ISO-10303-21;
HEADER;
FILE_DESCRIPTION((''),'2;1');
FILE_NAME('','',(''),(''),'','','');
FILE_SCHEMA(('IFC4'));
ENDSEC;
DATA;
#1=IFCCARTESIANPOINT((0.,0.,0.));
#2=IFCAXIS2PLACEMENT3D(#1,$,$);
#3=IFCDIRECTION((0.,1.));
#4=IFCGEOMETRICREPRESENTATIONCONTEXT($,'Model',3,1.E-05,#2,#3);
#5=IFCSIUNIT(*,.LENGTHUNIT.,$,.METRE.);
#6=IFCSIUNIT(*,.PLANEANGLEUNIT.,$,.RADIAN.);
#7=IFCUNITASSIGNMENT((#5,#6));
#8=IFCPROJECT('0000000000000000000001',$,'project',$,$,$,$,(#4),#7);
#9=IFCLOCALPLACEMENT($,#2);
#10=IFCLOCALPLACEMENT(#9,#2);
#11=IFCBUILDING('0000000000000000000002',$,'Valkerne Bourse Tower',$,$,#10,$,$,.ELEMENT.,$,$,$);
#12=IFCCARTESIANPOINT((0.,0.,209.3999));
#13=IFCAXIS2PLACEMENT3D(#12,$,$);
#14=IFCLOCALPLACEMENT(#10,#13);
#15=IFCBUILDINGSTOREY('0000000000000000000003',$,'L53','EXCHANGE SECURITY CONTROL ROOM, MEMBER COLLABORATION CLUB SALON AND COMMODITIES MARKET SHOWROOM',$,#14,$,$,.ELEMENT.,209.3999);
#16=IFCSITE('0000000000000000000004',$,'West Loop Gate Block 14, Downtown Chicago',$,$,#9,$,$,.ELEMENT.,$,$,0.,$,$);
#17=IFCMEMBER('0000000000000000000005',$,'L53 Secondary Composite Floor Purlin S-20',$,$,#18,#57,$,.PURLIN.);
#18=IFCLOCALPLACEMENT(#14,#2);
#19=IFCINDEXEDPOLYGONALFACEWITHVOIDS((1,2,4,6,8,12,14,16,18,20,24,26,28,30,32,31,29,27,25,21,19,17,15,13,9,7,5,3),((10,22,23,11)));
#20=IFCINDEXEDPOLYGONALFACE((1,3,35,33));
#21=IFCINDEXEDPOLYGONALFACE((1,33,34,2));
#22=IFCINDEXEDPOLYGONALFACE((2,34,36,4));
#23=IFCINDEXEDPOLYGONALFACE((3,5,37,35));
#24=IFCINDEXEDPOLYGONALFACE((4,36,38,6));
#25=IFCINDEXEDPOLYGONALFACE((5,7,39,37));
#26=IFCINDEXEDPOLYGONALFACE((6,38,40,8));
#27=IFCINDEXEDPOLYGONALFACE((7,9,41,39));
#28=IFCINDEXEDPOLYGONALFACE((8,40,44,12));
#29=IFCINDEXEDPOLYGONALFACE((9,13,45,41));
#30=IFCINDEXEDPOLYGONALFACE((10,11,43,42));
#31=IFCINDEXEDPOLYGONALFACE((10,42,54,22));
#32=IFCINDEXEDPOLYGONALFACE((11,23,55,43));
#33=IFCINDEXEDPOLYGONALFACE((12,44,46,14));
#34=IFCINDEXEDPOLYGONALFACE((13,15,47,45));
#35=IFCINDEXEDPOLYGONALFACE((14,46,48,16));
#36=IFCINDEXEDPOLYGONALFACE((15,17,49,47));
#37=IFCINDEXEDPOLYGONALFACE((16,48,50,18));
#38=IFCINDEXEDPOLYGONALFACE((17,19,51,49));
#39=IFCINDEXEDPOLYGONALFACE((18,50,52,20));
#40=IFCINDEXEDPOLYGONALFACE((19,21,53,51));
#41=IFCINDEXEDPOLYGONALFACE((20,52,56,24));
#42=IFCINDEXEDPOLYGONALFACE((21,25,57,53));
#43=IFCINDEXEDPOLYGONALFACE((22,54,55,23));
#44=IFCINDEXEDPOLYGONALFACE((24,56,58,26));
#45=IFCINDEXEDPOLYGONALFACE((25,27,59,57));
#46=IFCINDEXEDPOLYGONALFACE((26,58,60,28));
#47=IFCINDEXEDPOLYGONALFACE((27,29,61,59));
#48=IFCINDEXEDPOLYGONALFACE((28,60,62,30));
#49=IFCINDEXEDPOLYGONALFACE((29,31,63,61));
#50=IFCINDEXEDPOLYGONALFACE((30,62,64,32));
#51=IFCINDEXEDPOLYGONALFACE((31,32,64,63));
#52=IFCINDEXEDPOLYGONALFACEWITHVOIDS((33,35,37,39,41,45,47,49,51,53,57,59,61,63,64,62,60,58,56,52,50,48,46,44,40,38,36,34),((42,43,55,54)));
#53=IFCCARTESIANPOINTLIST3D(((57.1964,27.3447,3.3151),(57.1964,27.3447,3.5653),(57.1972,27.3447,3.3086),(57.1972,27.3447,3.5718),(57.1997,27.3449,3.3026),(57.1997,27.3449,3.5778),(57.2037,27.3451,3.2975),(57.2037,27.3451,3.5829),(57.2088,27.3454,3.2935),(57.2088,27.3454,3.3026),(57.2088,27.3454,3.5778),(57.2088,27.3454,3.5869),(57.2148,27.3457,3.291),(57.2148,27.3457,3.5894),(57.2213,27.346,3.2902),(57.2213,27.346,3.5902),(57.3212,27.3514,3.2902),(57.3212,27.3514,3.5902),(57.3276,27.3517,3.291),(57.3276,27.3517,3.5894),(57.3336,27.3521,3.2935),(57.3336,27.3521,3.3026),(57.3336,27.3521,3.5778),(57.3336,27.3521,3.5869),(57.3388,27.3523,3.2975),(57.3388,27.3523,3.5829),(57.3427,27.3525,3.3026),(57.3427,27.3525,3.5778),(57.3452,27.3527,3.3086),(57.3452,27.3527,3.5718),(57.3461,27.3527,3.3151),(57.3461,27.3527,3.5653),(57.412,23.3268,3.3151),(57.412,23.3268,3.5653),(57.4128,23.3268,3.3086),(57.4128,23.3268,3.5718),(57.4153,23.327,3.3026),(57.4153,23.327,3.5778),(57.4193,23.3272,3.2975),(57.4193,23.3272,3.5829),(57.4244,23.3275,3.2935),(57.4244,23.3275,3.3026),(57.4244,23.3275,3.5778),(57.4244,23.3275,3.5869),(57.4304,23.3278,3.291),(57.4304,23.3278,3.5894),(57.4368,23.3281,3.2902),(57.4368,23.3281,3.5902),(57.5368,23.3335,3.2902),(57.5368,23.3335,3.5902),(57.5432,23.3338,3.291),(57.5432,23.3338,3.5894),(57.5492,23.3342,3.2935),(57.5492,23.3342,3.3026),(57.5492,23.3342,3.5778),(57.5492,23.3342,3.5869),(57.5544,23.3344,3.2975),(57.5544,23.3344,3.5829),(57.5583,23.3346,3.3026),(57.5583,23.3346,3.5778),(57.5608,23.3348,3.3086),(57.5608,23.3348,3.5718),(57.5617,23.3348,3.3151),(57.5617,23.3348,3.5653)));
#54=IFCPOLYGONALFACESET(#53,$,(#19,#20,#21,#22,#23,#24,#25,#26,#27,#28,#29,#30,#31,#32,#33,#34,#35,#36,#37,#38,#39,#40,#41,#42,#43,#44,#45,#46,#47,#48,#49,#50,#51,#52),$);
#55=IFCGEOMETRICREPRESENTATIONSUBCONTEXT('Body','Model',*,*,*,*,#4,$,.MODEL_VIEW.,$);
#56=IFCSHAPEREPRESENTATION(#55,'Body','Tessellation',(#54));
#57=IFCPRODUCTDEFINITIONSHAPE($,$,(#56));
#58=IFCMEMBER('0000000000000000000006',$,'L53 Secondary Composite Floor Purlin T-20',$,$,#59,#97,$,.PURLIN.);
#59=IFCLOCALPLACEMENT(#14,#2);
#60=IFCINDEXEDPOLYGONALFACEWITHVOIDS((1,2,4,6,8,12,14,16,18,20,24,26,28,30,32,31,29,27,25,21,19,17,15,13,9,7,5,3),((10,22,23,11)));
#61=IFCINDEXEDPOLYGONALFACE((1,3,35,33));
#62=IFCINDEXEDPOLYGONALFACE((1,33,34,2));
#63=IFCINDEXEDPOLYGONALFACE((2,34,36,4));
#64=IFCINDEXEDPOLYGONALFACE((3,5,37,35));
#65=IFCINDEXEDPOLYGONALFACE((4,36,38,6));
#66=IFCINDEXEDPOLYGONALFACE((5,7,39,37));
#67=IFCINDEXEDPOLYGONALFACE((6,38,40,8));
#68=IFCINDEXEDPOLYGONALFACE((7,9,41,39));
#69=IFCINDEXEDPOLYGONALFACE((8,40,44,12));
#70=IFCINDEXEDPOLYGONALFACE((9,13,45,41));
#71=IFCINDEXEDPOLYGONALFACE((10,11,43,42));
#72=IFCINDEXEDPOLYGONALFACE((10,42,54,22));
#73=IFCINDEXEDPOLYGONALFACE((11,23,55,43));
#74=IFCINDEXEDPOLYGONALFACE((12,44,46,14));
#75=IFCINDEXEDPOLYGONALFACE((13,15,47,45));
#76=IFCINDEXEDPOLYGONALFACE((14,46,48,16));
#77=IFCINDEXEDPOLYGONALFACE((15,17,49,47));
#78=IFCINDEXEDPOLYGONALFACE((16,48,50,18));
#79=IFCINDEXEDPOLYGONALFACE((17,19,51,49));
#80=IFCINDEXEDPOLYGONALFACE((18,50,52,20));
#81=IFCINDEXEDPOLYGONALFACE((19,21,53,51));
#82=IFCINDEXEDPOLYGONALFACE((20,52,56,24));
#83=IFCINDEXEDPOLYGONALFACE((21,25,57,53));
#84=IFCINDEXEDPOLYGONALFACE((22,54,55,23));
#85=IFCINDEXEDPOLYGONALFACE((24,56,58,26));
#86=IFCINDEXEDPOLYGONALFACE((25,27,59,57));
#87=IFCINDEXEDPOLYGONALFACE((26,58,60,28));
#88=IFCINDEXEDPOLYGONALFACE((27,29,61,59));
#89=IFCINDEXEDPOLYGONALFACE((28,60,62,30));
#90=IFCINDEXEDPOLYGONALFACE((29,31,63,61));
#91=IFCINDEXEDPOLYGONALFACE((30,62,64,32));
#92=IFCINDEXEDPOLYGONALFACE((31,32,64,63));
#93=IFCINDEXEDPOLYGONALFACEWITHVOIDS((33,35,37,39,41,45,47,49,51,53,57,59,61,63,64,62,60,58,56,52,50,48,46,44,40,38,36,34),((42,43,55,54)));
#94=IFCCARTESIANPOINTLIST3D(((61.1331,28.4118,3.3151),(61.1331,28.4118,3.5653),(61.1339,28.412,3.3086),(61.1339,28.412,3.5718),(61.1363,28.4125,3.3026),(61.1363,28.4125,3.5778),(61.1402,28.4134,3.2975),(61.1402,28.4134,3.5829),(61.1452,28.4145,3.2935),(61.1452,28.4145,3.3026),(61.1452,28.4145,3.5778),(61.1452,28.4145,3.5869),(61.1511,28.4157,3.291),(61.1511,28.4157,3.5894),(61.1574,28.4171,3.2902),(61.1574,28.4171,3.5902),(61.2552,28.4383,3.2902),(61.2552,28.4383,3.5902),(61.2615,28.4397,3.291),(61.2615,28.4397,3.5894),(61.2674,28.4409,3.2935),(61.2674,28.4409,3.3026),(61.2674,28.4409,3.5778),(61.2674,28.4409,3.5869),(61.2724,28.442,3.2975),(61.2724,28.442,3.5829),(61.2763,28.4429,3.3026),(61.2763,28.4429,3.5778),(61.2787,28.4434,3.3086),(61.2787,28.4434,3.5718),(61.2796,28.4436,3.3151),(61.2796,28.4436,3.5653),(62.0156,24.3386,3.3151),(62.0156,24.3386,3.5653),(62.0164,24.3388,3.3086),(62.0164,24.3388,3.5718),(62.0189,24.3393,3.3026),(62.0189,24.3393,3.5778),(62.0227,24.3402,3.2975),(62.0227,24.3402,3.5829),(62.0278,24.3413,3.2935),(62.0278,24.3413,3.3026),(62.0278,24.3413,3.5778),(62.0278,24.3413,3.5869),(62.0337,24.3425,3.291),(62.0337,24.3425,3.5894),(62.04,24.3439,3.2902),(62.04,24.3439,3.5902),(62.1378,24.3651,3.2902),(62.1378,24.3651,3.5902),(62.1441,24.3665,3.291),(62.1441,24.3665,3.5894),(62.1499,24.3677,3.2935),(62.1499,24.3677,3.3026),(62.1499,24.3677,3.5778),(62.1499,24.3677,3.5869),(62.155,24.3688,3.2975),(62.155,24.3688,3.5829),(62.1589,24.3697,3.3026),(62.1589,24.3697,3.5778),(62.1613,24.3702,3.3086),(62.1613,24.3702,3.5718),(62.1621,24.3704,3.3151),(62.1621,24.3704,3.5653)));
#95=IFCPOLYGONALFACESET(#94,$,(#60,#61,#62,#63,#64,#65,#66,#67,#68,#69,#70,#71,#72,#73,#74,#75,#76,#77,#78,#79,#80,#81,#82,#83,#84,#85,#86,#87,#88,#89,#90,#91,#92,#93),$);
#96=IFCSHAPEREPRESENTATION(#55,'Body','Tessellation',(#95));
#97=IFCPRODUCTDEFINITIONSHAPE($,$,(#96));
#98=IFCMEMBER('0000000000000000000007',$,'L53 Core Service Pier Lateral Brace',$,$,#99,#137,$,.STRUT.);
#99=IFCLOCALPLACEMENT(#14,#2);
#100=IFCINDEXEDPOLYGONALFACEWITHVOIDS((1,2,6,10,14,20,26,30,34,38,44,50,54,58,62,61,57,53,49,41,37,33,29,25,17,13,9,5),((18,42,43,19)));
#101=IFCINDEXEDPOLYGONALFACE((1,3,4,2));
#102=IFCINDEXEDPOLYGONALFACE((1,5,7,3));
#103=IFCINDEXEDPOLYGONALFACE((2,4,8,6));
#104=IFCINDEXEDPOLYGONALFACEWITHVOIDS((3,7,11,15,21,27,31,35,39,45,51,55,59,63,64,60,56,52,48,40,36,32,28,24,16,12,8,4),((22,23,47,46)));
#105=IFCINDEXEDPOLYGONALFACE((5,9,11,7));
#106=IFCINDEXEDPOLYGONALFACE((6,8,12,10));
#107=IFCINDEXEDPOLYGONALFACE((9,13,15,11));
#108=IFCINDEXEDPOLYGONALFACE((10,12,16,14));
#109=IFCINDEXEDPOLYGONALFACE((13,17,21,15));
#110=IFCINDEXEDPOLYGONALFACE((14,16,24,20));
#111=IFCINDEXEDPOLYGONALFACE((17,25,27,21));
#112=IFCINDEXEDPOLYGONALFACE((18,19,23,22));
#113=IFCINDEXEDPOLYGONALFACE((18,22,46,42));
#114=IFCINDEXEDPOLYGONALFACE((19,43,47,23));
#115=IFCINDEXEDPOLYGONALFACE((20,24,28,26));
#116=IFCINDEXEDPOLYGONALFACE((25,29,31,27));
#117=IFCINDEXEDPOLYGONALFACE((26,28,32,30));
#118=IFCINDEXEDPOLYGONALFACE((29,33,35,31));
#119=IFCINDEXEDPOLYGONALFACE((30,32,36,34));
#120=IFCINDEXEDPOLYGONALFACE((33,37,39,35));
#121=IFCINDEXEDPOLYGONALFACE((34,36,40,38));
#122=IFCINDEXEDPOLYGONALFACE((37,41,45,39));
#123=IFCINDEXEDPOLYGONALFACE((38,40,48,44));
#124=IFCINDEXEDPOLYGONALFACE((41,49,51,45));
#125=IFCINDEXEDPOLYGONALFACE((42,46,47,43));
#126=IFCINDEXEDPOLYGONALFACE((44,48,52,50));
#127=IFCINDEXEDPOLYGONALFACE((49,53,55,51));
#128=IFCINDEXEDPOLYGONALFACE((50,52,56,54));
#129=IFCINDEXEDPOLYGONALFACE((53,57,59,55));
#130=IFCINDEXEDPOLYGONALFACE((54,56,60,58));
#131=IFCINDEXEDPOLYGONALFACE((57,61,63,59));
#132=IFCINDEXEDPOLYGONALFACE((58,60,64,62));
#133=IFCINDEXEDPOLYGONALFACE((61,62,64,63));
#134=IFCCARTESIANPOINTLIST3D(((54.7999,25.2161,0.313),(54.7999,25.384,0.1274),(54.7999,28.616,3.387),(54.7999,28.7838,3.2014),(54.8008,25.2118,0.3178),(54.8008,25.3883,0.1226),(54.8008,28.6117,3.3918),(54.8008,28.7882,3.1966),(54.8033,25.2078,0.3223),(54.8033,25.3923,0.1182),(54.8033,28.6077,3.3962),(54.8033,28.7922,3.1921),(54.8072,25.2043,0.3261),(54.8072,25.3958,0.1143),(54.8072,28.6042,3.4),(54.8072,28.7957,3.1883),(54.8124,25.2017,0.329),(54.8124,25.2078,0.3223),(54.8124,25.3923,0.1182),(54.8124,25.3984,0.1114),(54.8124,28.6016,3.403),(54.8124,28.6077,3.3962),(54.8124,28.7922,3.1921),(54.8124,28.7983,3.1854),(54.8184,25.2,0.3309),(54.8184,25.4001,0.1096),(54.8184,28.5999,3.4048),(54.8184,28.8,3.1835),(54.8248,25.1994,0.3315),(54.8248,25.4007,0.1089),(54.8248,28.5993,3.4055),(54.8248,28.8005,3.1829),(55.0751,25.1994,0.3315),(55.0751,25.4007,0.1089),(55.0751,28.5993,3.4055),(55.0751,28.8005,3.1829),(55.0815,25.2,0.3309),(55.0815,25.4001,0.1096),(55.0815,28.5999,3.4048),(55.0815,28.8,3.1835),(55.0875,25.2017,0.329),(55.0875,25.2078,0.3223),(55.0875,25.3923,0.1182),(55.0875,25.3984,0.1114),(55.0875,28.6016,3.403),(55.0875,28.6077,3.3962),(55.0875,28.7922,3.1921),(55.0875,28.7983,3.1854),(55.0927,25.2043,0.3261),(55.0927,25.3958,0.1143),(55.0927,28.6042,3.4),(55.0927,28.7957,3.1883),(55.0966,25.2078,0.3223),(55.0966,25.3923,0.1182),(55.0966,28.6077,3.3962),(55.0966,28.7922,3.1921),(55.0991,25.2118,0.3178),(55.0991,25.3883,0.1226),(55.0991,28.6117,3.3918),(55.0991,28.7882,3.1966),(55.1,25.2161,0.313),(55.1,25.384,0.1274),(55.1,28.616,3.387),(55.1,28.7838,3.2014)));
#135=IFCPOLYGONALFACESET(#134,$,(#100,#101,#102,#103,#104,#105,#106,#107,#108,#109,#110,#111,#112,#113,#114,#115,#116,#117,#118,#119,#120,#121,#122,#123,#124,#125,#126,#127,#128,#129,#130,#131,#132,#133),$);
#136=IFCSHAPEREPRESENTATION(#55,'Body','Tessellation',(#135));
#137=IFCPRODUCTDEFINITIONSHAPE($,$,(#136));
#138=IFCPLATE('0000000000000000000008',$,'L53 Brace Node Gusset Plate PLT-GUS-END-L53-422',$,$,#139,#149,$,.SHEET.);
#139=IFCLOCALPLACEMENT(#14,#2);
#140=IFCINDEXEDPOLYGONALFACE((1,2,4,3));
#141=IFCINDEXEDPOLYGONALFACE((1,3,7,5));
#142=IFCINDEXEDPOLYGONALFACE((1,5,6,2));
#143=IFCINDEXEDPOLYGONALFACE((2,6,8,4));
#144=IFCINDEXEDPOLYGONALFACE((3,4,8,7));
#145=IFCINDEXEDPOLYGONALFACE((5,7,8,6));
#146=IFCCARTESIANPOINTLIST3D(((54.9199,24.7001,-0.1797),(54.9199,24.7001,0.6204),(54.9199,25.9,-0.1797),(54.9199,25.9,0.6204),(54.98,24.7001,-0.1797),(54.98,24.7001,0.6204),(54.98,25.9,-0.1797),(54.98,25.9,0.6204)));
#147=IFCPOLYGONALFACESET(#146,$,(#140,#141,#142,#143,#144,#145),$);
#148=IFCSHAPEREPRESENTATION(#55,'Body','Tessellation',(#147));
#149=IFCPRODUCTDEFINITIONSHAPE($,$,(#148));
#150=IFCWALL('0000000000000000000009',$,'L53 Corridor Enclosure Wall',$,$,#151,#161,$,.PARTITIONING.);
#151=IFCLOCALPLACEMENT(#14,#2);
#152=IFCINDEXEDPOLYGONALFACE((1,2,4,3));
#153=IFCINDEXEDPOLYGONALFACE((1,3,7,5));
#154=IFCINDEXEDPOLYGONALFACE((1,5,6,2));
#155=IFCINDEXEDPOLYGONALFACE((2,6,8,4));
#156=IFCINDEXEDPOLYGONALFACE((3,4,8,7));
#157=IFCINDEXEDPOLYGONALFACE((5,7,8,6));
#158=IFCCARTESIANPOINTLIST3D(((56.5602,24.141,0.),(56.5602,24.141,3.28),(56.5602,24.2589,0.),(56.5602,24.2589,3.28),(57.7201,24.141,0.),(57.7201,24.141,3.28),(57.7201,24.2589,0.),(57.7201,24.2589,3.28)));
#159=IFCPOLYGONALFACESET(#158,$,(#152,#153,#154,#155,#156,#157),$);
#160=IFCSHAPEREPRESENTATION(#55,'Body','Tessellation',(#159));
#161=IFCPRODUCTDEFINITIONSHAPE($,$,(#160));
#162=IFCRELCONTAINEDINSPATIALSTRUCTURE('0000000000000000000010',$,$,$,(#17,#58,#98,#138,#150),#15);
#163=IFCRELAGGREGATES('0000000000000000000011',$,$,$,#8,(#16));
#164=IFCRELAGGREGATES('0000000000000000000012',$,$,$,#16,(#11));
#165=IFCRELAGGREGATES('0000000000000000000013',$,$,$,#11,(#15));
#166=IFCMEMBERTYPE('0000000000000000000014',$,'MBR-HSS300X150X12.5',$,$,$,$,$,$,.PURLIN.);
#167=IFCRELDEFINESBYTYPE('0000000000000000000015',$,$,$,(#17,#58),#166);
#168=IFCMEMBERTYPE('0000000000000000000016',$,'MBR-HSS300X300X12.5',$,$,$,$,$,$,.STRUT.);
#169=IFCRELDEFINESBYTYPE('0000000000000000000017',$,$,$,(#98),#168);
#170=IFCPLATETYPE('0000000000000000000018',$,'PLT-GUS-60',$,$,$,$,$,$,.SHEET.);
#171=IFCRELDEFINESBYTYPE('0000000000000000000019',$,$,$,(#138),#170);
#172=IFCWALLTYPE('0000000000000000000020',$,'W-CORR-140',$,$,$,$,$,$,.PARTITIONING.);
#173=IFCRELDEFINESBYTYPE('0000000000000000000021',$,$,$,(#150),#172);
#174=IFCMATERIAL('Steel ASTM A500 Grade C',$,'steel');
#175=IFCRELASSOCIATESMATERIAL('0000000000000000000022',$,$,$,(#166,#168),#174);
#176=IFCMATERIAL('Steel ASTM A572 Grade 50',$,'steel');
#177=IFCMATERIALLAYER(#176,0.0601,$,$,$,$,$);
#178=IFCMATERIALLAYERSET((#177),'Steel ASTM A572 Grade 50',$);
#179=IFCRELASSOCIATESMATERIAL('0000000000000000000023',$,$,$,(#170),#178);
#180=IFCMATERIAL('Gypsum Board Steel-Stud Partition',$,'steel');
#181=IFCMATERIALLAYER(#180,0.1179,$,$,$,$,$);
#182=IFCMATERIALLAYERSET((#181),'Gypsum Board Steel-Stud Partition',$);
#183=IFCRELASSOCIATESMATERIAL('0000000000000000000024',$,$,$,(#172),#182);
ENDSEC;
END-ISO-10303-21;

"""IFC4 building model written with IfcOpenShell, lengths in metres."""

from ifc_helpers import new_model, si_unit, direction, frame, frame_2d, origin, origin_2d, place, context, subcontext, project, spatial, rectangle, hollow_rectangle, extrude, material, layer, layer_set, material_profile, profile_set, type_object, element, save


model = new_model("IFC4")

# Units and contexts
model_context = context("Model", 3, precision=1e-05, world=origin(), true_north=direction((0.0, 1.0)))
body_context = subcontext(model_context, "Body", "Model", "MODEL_VIEW")
ifc_project = project(units=[si_unit("LENGTHUNIT", "METRE"), si_unit("PLANEANGLEUNIT", "RADIAN")], contexts=[model_context])

# Site, building, storey
site_placement = place(None, origin())
site = spatial("IfcSite", under=ifc_project, at=site_placement, Name="West Loop Gate Block 14, Downtown Chicago", CompositionType="ELEMENT", RefElevation=0.0)
building_placement = place(site_placement, origin())
building = spatial("IfcBuilding", under=site, at=building_placement, Name="Valkerne Bourse Tower", CompositionType="ELEMENT")
storey_placement = place(building_placement, frame((0.0, 0.0, 209.3999)))
storey = spatial("IfcBuildingStorey", under=building, at=storey_placement, Name="L53", Description="EXCHANGE SECURITY CONTROL ROOM, MEMBER COLLABORATION CLUB SALON AND COMMODITIES MARKET SHOWROOM", CompositionType="ELEMENT", Elevation=209.3999)

# Members
ifc_material_1 = material(Name="Steel ASTM A500 Grade C", Category="steel")
ifc_material_profile_1 = material_profile(ifc_material_1, hollow_rectangle(XDim=0.1499, YDim=0.3, WallThickness=0.0125, OuterFilletRadius=0.0249, at=origin_2d()), Name="HSS300X150X12.5")
ifc_profile_set_1 = profile_set([ifc_material_profile_1], Name="Steel ASTM A500 Grade C")
member_type_1 = type_object("IfcMemberType", Name="MBR-HSS300X150X12.5", PredefinedType="PURLIN", material=ifc_profile_set_1)
member_1_placement = place(storey_placement, frame((57.4868, 23.3308, 3.4402), z_axis=(-0.053578, 0.998564, 0.0), x_axis=(-0.998564, -0.053578, 0.0)))
element("IfcMember", 1, at=member_1_placement, inside=storey, type_object=member_type_1, Name="L53 Secondary Composite Floor Purlin S-20", PredefinedType="PURLIN", context=body_context, shape_type="SweptSolid", body=[
    extrude(hollow_rectangle(XDim=0.1499, YDim=0.3, WallThickness=0.0125, OuterFilletRadius=0.0249, at=origin_2d()), origin(), (0.0, 0.0, 1.0), 4.0237),
])
member_2_placement = place(storey_placement, frame((62.0889, 24.3545, 3.4402), z_axis=(-0.211761, 0.977322, 0.0), x_axis=(-0.977322, -0.211761, 0.0)))
element("IfcMember", 2, at=member_2_placement, inside=storey, type_object=member_type_1, Name="L53 Secondary Composite Floor Purlin T-20", PredefinedType="PURLIN", context=body_context, shape_type="SweptSolid", body=[
    extrude(hollow_rectangle(XDim=0.1499, YDim=0.3, WallThickness=0.0125, OuterFilletRadius=0.0249, at=origin_2d()), origin(), (0.0, 0.0, 1.0), 4.1677),
])
ifc_material_profile_2 = material_profile(ifc_material_1, hollow_rectangle(XDim=0.3, YDim=0.3, WallThickness=0.0125, OuterFilletRadius=0.0249, at=origin_2d()), Name="HSS300X300X12.5")
ifc_profile_set_2 = profile_set([ifc_material_profile_2], Name="Steel ASTM A500 Grade C")
member_type_2 = type_object("IfcMemberType", Name="MBR-HSS300X300X12.5", PredefinedType="STRUT", material=ifc_profile_set_2)
member_3_placement = place(storey_placement, frame((54.95, 25.3, 0.2202), z_axis=(0.0, 0.741767, 0.670658), x_axis=(-1.0, 0.0, 0.0)))
element("IfcMember", 3, at=member_3_placement, inside=storey, type_object=member_type_2, Name="L53 Core Service Pier Lateral Brace", PredefinedType="STRUT", context=body_context, shape_type="SweptSolid", body=[
    extrude(hollow_rectangle(XDim=0.3, YDim=0.3, WallThickness=0.0125, OuterFilletRadius=0.0249, at=origin_2d()), origin(), (0.0, 0.0, 1.0), 4.5835),
])

# Plate
ifc_material_2 = material(Name="Steel ASTM A572 Grade 50", Category="steel")
ifc_layer_1 = layer(ifc_material_2, 0.0601)
ifc_layer_set_1 = layer_set([ifc_layer_1], Name="Steel ASTM A572 Grade 50")
plate_type = type_object("IfcPlateType", Name="PLT-GUS-60", PredefinedType="SHEET", material=ifc_layer_set_1)
plate_placement = place(storey_placement, frame((54.95, 25.3, -0.1797), z_axis=(0.0, 0.0, 1.0), x_axis=(0.0, 1.0, 0.0)))
element("IfcPlate", 4, at=plate_placement, inside=storey, type_object=plate_type, Name="L53 Brace Node Gusset Plate PLT-GUS-END-L53-422", PredefinedType="SHEET", context=body_context, shape_type="SweptSolid", body=[
    extrude(rectangle(XDim=1.2, YDim=0.0601, at=origin_2d()), origin(), (0.0, 0.0, 1.0), 0.8),
])

# Wall
ifc_material_3 = material(Name="Gypsum Board Steel-Stud Partition", Category="steel")
ifc_layer_2 = layer(ifc_material_3, 0.1179)
ifc_layer_set_2 = layer_set([ifc_layer_2], Name="Gypsum Board Steel-Stud Partition")
wall_type = type_object("IfcWallType", Name="W-CORR-140", PredefinedType="PARTITIONING", material=ifc_layer_set_2)
wall_1_placement = place(storey_placement, frame((56.5601, 24.2, 0.0), z_axis=(0.0, 0.0, 1.0), x_axis=(1.0, 0.0, 0.0)))
element("IfcWall", 5, at=wall_1_placement, inside=storey, type_object=wall_type, Name="L53 Corridor Enclosure Wall", PredefinedType="PARTITIONING", context=body_context, shape_type="SweptSolid", body=[
    extrude(rectangle(XDim=1.1599, YDim=0.1179, at=frame_2d((0.5801, 0.0))), origin(), (0.0, 0.0, 1.0), 3.28),
])

save(model, "model.ifc")
